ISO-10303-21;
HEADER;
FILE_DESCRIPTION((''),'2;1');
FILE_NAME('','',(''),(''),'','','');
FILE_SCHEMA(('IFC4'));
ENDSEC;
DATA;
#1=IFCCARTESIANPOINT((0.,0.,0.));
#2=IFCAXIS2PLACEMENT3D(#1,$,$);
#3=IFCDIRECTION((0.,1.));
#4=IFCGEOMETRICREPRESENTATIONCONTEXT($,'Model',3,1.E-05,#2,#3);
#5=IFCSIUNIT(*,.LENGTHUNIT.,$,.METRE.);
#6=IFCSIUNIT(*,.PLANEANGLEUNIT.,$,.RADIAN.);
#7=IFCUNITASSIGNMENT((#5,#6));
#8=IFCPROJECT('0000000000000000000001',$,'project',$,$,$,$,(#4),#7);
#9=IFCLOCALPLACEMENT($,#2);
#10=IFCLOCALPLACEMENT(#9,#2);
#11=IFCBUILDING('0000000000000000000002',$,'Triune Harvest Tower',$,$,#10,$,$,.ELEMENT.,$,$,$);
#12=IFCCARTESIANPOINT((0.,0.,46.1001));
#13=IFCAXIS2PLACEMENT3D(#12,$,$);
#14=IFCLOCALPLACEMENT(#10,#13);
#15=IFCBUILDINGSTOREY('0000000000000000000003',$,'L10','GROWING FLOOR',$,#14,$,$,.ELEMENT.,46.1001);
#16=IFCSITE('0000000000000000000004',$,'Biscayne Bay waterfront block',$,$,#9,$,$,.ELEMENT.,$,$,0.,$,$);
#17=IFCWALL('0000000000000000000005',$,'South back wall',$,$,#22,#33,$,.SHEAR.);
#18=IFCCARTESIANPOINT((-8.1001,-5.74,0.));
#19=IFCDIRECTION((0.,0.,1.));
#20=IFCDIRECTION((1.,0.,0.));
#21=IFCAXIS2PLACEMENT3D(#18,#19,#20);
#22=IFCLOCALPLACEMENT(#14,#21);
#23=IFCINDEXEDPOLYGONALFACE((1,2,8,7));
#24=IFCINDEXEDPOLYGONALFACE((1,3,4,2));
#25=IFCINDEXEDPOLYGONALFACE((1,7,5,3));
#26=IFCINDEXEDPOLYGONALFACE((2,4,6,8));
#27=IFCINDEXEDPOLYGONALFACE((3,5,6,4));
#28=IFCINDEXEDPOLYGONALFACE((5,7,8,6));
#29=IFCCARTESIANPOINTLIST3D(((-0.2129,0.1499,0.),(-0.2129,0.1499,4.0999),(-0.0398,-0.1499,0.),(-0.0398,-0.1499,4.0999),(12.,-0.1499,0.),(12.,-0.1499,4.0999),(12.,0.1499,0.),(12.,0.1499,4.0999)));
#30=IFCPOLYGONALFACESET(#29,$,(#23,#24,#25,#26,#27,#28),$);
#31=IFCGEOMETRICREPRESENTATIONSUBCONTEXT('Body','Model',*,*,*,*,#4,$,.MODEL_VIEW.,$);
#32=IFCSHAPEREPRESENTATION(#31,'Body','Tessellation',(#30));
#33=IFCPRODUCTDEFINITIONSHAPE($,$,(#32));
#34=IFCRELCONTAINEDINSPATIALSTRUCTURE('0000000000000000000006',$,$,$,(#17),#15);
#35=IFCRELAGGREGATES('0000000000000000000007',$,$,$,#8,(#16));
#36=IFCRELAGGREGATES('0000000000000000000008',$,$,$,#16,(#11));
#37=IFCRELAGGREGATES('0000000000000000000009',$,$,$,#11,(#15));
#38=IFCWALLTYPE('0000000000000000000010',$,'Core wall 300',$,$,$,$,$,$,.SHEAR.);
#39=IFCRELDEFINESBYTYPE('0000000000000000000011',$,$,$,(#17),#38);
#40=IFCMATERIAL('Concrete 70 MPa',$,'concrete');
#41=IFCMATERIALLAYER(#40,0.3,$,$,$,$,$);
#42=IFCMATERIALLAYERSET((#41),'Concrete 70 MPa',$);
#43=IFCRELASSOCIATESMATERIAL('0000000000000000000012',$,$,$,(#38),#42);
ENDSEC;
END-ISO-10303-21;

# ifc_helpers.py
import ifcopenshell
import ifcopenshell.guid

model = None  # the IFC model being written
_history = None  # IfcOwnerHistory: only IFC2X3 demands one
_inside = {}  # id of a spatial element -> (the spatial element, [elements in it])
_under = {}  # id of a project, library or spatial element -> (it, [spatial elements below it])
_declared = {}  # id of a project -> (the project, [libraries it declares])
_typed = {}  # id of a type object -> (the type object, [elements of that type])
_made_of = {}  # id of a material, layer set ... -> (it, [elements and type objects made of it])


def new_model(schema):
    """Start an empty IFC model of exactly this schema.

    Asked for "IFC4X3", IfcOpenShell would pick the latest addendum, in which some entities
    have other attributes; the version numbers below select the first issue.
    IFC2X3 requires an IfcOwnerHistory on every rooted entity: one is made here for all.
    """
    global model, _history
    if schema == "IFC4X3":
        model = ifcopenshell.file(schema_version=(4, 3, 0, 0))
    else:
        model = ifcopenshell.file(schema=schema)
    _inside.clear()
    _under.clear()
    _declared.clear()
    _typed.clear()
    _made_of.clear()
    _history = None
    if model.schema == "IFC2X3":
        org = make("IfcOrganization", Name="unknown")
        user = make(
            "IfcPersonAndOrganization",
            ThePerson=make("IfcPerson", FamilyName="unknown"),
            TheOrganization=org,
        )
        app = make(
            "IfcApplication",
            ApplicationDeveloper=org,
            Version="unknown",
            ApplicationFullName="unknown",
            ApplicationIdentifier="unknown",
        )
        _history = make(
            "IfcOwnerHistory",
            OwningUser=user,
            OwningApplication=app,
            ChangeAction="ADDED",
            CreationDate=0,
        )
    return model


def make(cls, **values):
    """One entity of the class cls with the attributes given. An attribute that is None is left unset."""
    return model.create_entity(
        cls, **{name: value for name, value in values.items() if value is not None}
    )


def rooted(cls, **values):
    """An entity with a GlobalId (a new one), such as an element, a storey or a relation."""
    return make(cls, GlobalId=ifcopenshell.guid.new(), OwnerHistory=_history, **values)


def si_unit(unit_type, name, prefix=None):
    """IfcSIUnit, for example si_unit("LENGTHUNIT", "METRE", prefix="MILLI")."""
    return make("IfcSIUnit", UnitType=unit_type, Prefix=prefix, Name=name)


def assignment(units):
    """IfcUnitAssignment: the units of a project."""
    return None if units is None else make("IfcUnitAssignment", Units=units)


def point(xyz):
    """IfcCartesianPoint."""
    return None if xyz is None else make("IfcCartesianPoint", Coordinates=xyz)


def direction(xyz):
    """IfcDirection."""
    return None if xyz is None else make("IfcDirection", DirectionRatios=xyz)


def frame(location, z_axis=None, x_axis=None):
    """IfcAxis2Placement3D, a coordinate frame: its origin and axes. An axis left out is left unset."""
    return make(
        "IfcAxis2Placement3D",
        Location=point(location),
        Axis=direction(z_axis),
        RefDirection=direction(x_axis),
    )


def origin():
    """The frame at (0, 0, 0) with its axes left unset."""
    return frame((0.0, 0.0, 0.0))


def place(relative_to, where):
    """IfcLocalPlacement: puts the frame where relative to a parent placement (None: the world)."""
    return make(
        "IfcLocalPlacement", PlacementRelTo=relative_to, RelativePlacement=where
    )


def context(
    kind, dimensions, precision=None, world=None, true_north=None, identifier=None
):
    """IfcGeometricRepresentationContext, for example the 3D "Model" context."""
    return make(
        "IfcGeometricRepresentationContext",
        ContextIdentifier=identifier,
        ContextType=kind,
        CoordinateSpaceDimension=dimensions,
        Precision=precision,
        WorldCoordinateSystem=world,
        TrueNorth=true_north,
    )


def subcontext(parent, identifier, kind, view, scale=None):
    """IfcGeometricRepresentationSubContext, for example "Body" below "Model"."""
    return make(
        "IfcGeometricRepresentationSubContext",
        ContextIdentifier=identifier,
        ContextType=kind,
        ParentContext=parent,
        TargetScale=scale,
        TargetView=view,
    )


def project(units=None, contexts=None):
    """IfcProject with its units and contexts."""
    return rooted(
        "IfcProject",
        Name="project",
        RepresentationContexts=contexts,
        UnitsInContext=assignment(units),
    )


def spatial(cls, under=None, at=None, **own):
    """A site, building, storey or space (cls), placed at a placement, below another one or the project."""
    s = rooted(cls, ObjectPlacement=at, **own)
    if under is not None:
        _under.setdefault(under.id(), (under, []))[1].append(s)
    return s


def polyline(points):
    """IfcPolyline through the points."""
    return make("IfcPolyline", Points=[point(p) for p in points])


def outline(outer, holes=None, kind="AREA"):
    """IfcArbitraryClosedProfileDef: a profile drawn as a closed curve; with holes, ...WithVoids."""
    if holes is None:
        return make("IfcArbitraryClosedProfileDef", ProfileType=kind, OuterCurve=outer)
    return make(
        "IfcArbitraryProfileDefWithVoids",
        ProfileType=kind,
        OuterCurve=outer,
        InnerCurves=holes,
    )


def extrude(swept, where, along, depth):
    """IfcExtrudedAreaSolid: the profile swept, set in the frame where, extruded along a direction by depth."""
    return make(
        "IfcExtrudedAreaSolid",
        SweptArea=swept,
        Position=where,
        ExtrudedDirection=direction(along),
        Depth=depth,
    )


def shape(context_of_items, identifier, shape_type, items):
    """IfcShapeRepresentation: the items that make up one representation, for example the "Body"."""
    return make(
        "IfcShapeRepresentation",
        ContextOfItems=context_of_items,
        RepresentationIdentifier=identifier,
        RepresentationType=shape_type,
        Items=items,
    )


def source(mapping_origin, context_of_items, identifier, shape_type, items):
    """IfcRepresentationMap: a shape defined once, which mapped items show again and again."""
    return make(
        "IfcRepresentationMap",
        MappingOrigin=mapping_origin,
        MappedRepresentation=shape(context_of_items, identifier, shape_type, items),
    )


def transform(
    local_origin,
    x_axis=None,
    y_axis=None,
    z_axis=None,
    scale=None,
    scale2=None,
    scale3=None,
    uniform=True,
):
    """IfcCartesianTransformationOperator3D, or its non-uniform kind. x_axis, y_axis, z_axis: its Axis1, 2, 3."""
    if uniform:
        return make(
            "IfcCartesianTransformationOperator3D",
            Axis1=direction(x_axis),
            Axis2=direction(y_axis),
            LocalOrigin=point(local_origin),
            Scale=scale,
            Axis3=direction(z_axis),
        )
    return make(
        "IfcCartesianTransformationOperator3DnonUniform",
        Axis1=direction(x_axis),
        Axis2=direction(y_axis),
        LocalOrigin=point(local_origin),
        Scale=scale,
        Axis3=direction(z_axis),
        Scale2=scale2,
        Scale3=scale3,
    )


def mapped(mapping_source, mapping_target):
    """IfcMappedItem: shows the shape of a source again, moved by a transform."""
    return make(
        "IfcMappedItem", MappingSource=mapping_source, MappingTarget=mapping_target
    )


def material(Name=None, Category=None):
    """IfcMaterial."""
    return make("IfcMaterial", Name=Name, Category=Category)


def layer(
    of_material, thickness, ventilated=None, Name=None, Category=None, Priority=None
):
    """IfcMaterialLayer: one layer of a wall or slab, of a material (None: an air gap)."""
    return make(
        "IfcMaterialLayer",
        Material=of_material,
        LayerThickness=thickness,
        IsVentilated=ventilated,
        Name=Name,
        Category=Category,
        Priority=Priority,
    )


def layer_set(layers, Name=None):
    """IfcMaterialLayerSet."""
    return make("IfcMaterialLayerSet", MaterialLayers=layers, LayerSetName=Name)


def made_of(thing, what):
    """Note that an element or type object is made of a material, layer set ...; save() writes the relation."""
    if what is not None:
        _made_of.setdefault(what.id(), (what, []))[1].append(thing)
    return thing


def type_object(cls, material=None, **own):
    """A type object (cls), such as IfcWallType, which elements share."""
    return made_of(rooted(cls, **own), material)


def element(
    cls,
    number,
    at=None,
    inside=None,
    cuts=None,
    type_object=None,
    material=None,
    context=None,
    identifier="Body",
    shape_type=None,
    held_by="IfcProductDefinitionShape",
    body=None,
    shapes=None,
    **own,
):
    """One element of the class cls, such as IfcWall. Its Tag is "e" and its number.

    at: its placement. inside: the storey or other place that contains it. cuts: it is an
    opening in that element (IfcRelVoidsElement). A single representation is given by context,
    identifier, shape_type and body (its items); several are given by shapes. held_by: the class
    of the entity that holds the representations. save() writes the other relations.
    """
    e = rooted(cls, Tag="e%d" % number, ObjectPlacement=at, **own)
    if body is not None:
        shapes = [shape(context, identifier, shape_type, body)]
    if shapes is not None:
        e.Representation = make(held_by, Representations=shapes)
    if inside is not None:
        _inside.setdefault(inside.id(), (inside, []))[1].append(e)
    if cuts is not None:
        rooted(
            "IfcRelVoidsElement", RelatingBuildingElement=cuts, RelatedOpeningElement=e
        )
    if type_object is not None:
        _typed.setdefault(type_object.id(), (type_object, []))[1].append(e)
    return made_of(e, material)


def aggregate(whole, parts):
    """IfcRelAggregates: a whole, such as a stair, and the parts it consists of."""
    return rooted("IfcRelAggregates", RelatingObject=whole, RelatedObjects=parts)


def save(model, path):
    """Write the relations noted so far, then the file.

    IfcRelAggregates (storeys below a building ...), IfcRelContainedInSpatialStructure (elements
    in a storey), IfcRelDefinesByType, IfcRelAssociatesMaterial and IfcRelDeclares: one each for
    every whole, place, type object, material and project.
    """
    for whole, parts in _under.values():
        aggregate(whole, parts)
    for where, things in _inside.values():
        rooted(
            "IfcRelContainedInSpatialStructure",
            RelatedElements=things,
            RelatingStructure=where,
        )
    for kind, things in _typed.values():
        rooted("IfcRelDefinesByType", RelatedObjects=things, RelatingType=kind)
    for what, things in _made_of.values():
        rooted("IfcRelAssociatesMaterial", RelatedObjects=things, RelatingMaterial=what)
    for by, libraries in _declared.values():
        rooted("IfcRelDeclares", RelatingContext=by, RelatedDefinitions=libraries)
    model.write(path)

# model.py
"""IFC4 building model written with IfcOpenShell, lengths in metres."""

from ifc_helpers import new_model, si_unit, direction, frame, origin, place, context, subcontext, project, spatial, polyline, outline, extrude, source, transform, mapped, material, layer, layer_set, type_object, element, save


model = new_model("IFC4")

# Units and contexts
model_context = context("Model", 3, precision=1e-05, world=origin(), true_north=direction((0.0, 1.0)))
body_context = subcontext(model_context, "Body", "Model", "MODEL_VIEW")
ifc_project = project(units=[si_unit("LENGTHUNIT", "METRE"), si_unit("PLANEANGLEUNIT", "RADIAN")], contexts=[model_context])

# Site, building, storey
site_placement = place(None, origin())
site = spatial("IfcSite", under=ifc_project, at=site_placement, Name="Biscayne Bay waterfront block", CompositionType="ELEMENT", RefElevation=0.0)
building_placement = place(site_placement, origin())
building = spatial("IfcBuilding", under=site, at=building_placement, Name="Triune Harvest Tower", CompositionType="ELEMENT")
storey_placement = place(building_placement, frame((0.0, 0.0, 46.1001)))
storey = spatial("IfcBuildingStorey", under=building, at=storey_placement, Name="L10", Description="GROWING FLOOR", CompositionType="ELEMENT", Elevation=46.1001)

# Shared definitions
ifc_material_1 = material(Name="Concrete 70 MPa", Category="concrete")
ifc_layer_1 = layer(ifc_material_1, 0.3)
ifc_layer_set_1 = layer_set([ifc_layer_1], Name="Concrete 70 MPa")
wall_type_1 = type_object("IfcWallType", Name="Core wall 300", PredefinedType="SHEAR", material=ifc_layer_set_1)

# Wall
shared_shape_1 = source(origin(), body_context, "Body", "SweptSolid", [
    extrude(outline(polyline([(12.0, -0.1499), (-0.0398, -0.1499), (-0.2129, 0.1499), (12.0, 0.1499), (12.0, -0.1499)])), origin(), (0.0, 0.0, 1.0), 4.0999),
])
wall_1_placement = place(storey_placement, frame((-8.1001, -5.74, 0.0), z_axis=(0.0, 0.0, 1.0), x_axis=(1.0, 0.0, 0.0)))
element("IfcWall", 1, at=wall_1_placement, inside=storey, type_object=wall_type_1, Name="South back wall", PredefinedType="SHEAR", context=body_context, shape_type="MappedRepresentation", body=[
    mapped(shared_shape_1, transform((0.0, 0.0, 0.0), scale=1.0)),
])

save(model, "model.ifc")
